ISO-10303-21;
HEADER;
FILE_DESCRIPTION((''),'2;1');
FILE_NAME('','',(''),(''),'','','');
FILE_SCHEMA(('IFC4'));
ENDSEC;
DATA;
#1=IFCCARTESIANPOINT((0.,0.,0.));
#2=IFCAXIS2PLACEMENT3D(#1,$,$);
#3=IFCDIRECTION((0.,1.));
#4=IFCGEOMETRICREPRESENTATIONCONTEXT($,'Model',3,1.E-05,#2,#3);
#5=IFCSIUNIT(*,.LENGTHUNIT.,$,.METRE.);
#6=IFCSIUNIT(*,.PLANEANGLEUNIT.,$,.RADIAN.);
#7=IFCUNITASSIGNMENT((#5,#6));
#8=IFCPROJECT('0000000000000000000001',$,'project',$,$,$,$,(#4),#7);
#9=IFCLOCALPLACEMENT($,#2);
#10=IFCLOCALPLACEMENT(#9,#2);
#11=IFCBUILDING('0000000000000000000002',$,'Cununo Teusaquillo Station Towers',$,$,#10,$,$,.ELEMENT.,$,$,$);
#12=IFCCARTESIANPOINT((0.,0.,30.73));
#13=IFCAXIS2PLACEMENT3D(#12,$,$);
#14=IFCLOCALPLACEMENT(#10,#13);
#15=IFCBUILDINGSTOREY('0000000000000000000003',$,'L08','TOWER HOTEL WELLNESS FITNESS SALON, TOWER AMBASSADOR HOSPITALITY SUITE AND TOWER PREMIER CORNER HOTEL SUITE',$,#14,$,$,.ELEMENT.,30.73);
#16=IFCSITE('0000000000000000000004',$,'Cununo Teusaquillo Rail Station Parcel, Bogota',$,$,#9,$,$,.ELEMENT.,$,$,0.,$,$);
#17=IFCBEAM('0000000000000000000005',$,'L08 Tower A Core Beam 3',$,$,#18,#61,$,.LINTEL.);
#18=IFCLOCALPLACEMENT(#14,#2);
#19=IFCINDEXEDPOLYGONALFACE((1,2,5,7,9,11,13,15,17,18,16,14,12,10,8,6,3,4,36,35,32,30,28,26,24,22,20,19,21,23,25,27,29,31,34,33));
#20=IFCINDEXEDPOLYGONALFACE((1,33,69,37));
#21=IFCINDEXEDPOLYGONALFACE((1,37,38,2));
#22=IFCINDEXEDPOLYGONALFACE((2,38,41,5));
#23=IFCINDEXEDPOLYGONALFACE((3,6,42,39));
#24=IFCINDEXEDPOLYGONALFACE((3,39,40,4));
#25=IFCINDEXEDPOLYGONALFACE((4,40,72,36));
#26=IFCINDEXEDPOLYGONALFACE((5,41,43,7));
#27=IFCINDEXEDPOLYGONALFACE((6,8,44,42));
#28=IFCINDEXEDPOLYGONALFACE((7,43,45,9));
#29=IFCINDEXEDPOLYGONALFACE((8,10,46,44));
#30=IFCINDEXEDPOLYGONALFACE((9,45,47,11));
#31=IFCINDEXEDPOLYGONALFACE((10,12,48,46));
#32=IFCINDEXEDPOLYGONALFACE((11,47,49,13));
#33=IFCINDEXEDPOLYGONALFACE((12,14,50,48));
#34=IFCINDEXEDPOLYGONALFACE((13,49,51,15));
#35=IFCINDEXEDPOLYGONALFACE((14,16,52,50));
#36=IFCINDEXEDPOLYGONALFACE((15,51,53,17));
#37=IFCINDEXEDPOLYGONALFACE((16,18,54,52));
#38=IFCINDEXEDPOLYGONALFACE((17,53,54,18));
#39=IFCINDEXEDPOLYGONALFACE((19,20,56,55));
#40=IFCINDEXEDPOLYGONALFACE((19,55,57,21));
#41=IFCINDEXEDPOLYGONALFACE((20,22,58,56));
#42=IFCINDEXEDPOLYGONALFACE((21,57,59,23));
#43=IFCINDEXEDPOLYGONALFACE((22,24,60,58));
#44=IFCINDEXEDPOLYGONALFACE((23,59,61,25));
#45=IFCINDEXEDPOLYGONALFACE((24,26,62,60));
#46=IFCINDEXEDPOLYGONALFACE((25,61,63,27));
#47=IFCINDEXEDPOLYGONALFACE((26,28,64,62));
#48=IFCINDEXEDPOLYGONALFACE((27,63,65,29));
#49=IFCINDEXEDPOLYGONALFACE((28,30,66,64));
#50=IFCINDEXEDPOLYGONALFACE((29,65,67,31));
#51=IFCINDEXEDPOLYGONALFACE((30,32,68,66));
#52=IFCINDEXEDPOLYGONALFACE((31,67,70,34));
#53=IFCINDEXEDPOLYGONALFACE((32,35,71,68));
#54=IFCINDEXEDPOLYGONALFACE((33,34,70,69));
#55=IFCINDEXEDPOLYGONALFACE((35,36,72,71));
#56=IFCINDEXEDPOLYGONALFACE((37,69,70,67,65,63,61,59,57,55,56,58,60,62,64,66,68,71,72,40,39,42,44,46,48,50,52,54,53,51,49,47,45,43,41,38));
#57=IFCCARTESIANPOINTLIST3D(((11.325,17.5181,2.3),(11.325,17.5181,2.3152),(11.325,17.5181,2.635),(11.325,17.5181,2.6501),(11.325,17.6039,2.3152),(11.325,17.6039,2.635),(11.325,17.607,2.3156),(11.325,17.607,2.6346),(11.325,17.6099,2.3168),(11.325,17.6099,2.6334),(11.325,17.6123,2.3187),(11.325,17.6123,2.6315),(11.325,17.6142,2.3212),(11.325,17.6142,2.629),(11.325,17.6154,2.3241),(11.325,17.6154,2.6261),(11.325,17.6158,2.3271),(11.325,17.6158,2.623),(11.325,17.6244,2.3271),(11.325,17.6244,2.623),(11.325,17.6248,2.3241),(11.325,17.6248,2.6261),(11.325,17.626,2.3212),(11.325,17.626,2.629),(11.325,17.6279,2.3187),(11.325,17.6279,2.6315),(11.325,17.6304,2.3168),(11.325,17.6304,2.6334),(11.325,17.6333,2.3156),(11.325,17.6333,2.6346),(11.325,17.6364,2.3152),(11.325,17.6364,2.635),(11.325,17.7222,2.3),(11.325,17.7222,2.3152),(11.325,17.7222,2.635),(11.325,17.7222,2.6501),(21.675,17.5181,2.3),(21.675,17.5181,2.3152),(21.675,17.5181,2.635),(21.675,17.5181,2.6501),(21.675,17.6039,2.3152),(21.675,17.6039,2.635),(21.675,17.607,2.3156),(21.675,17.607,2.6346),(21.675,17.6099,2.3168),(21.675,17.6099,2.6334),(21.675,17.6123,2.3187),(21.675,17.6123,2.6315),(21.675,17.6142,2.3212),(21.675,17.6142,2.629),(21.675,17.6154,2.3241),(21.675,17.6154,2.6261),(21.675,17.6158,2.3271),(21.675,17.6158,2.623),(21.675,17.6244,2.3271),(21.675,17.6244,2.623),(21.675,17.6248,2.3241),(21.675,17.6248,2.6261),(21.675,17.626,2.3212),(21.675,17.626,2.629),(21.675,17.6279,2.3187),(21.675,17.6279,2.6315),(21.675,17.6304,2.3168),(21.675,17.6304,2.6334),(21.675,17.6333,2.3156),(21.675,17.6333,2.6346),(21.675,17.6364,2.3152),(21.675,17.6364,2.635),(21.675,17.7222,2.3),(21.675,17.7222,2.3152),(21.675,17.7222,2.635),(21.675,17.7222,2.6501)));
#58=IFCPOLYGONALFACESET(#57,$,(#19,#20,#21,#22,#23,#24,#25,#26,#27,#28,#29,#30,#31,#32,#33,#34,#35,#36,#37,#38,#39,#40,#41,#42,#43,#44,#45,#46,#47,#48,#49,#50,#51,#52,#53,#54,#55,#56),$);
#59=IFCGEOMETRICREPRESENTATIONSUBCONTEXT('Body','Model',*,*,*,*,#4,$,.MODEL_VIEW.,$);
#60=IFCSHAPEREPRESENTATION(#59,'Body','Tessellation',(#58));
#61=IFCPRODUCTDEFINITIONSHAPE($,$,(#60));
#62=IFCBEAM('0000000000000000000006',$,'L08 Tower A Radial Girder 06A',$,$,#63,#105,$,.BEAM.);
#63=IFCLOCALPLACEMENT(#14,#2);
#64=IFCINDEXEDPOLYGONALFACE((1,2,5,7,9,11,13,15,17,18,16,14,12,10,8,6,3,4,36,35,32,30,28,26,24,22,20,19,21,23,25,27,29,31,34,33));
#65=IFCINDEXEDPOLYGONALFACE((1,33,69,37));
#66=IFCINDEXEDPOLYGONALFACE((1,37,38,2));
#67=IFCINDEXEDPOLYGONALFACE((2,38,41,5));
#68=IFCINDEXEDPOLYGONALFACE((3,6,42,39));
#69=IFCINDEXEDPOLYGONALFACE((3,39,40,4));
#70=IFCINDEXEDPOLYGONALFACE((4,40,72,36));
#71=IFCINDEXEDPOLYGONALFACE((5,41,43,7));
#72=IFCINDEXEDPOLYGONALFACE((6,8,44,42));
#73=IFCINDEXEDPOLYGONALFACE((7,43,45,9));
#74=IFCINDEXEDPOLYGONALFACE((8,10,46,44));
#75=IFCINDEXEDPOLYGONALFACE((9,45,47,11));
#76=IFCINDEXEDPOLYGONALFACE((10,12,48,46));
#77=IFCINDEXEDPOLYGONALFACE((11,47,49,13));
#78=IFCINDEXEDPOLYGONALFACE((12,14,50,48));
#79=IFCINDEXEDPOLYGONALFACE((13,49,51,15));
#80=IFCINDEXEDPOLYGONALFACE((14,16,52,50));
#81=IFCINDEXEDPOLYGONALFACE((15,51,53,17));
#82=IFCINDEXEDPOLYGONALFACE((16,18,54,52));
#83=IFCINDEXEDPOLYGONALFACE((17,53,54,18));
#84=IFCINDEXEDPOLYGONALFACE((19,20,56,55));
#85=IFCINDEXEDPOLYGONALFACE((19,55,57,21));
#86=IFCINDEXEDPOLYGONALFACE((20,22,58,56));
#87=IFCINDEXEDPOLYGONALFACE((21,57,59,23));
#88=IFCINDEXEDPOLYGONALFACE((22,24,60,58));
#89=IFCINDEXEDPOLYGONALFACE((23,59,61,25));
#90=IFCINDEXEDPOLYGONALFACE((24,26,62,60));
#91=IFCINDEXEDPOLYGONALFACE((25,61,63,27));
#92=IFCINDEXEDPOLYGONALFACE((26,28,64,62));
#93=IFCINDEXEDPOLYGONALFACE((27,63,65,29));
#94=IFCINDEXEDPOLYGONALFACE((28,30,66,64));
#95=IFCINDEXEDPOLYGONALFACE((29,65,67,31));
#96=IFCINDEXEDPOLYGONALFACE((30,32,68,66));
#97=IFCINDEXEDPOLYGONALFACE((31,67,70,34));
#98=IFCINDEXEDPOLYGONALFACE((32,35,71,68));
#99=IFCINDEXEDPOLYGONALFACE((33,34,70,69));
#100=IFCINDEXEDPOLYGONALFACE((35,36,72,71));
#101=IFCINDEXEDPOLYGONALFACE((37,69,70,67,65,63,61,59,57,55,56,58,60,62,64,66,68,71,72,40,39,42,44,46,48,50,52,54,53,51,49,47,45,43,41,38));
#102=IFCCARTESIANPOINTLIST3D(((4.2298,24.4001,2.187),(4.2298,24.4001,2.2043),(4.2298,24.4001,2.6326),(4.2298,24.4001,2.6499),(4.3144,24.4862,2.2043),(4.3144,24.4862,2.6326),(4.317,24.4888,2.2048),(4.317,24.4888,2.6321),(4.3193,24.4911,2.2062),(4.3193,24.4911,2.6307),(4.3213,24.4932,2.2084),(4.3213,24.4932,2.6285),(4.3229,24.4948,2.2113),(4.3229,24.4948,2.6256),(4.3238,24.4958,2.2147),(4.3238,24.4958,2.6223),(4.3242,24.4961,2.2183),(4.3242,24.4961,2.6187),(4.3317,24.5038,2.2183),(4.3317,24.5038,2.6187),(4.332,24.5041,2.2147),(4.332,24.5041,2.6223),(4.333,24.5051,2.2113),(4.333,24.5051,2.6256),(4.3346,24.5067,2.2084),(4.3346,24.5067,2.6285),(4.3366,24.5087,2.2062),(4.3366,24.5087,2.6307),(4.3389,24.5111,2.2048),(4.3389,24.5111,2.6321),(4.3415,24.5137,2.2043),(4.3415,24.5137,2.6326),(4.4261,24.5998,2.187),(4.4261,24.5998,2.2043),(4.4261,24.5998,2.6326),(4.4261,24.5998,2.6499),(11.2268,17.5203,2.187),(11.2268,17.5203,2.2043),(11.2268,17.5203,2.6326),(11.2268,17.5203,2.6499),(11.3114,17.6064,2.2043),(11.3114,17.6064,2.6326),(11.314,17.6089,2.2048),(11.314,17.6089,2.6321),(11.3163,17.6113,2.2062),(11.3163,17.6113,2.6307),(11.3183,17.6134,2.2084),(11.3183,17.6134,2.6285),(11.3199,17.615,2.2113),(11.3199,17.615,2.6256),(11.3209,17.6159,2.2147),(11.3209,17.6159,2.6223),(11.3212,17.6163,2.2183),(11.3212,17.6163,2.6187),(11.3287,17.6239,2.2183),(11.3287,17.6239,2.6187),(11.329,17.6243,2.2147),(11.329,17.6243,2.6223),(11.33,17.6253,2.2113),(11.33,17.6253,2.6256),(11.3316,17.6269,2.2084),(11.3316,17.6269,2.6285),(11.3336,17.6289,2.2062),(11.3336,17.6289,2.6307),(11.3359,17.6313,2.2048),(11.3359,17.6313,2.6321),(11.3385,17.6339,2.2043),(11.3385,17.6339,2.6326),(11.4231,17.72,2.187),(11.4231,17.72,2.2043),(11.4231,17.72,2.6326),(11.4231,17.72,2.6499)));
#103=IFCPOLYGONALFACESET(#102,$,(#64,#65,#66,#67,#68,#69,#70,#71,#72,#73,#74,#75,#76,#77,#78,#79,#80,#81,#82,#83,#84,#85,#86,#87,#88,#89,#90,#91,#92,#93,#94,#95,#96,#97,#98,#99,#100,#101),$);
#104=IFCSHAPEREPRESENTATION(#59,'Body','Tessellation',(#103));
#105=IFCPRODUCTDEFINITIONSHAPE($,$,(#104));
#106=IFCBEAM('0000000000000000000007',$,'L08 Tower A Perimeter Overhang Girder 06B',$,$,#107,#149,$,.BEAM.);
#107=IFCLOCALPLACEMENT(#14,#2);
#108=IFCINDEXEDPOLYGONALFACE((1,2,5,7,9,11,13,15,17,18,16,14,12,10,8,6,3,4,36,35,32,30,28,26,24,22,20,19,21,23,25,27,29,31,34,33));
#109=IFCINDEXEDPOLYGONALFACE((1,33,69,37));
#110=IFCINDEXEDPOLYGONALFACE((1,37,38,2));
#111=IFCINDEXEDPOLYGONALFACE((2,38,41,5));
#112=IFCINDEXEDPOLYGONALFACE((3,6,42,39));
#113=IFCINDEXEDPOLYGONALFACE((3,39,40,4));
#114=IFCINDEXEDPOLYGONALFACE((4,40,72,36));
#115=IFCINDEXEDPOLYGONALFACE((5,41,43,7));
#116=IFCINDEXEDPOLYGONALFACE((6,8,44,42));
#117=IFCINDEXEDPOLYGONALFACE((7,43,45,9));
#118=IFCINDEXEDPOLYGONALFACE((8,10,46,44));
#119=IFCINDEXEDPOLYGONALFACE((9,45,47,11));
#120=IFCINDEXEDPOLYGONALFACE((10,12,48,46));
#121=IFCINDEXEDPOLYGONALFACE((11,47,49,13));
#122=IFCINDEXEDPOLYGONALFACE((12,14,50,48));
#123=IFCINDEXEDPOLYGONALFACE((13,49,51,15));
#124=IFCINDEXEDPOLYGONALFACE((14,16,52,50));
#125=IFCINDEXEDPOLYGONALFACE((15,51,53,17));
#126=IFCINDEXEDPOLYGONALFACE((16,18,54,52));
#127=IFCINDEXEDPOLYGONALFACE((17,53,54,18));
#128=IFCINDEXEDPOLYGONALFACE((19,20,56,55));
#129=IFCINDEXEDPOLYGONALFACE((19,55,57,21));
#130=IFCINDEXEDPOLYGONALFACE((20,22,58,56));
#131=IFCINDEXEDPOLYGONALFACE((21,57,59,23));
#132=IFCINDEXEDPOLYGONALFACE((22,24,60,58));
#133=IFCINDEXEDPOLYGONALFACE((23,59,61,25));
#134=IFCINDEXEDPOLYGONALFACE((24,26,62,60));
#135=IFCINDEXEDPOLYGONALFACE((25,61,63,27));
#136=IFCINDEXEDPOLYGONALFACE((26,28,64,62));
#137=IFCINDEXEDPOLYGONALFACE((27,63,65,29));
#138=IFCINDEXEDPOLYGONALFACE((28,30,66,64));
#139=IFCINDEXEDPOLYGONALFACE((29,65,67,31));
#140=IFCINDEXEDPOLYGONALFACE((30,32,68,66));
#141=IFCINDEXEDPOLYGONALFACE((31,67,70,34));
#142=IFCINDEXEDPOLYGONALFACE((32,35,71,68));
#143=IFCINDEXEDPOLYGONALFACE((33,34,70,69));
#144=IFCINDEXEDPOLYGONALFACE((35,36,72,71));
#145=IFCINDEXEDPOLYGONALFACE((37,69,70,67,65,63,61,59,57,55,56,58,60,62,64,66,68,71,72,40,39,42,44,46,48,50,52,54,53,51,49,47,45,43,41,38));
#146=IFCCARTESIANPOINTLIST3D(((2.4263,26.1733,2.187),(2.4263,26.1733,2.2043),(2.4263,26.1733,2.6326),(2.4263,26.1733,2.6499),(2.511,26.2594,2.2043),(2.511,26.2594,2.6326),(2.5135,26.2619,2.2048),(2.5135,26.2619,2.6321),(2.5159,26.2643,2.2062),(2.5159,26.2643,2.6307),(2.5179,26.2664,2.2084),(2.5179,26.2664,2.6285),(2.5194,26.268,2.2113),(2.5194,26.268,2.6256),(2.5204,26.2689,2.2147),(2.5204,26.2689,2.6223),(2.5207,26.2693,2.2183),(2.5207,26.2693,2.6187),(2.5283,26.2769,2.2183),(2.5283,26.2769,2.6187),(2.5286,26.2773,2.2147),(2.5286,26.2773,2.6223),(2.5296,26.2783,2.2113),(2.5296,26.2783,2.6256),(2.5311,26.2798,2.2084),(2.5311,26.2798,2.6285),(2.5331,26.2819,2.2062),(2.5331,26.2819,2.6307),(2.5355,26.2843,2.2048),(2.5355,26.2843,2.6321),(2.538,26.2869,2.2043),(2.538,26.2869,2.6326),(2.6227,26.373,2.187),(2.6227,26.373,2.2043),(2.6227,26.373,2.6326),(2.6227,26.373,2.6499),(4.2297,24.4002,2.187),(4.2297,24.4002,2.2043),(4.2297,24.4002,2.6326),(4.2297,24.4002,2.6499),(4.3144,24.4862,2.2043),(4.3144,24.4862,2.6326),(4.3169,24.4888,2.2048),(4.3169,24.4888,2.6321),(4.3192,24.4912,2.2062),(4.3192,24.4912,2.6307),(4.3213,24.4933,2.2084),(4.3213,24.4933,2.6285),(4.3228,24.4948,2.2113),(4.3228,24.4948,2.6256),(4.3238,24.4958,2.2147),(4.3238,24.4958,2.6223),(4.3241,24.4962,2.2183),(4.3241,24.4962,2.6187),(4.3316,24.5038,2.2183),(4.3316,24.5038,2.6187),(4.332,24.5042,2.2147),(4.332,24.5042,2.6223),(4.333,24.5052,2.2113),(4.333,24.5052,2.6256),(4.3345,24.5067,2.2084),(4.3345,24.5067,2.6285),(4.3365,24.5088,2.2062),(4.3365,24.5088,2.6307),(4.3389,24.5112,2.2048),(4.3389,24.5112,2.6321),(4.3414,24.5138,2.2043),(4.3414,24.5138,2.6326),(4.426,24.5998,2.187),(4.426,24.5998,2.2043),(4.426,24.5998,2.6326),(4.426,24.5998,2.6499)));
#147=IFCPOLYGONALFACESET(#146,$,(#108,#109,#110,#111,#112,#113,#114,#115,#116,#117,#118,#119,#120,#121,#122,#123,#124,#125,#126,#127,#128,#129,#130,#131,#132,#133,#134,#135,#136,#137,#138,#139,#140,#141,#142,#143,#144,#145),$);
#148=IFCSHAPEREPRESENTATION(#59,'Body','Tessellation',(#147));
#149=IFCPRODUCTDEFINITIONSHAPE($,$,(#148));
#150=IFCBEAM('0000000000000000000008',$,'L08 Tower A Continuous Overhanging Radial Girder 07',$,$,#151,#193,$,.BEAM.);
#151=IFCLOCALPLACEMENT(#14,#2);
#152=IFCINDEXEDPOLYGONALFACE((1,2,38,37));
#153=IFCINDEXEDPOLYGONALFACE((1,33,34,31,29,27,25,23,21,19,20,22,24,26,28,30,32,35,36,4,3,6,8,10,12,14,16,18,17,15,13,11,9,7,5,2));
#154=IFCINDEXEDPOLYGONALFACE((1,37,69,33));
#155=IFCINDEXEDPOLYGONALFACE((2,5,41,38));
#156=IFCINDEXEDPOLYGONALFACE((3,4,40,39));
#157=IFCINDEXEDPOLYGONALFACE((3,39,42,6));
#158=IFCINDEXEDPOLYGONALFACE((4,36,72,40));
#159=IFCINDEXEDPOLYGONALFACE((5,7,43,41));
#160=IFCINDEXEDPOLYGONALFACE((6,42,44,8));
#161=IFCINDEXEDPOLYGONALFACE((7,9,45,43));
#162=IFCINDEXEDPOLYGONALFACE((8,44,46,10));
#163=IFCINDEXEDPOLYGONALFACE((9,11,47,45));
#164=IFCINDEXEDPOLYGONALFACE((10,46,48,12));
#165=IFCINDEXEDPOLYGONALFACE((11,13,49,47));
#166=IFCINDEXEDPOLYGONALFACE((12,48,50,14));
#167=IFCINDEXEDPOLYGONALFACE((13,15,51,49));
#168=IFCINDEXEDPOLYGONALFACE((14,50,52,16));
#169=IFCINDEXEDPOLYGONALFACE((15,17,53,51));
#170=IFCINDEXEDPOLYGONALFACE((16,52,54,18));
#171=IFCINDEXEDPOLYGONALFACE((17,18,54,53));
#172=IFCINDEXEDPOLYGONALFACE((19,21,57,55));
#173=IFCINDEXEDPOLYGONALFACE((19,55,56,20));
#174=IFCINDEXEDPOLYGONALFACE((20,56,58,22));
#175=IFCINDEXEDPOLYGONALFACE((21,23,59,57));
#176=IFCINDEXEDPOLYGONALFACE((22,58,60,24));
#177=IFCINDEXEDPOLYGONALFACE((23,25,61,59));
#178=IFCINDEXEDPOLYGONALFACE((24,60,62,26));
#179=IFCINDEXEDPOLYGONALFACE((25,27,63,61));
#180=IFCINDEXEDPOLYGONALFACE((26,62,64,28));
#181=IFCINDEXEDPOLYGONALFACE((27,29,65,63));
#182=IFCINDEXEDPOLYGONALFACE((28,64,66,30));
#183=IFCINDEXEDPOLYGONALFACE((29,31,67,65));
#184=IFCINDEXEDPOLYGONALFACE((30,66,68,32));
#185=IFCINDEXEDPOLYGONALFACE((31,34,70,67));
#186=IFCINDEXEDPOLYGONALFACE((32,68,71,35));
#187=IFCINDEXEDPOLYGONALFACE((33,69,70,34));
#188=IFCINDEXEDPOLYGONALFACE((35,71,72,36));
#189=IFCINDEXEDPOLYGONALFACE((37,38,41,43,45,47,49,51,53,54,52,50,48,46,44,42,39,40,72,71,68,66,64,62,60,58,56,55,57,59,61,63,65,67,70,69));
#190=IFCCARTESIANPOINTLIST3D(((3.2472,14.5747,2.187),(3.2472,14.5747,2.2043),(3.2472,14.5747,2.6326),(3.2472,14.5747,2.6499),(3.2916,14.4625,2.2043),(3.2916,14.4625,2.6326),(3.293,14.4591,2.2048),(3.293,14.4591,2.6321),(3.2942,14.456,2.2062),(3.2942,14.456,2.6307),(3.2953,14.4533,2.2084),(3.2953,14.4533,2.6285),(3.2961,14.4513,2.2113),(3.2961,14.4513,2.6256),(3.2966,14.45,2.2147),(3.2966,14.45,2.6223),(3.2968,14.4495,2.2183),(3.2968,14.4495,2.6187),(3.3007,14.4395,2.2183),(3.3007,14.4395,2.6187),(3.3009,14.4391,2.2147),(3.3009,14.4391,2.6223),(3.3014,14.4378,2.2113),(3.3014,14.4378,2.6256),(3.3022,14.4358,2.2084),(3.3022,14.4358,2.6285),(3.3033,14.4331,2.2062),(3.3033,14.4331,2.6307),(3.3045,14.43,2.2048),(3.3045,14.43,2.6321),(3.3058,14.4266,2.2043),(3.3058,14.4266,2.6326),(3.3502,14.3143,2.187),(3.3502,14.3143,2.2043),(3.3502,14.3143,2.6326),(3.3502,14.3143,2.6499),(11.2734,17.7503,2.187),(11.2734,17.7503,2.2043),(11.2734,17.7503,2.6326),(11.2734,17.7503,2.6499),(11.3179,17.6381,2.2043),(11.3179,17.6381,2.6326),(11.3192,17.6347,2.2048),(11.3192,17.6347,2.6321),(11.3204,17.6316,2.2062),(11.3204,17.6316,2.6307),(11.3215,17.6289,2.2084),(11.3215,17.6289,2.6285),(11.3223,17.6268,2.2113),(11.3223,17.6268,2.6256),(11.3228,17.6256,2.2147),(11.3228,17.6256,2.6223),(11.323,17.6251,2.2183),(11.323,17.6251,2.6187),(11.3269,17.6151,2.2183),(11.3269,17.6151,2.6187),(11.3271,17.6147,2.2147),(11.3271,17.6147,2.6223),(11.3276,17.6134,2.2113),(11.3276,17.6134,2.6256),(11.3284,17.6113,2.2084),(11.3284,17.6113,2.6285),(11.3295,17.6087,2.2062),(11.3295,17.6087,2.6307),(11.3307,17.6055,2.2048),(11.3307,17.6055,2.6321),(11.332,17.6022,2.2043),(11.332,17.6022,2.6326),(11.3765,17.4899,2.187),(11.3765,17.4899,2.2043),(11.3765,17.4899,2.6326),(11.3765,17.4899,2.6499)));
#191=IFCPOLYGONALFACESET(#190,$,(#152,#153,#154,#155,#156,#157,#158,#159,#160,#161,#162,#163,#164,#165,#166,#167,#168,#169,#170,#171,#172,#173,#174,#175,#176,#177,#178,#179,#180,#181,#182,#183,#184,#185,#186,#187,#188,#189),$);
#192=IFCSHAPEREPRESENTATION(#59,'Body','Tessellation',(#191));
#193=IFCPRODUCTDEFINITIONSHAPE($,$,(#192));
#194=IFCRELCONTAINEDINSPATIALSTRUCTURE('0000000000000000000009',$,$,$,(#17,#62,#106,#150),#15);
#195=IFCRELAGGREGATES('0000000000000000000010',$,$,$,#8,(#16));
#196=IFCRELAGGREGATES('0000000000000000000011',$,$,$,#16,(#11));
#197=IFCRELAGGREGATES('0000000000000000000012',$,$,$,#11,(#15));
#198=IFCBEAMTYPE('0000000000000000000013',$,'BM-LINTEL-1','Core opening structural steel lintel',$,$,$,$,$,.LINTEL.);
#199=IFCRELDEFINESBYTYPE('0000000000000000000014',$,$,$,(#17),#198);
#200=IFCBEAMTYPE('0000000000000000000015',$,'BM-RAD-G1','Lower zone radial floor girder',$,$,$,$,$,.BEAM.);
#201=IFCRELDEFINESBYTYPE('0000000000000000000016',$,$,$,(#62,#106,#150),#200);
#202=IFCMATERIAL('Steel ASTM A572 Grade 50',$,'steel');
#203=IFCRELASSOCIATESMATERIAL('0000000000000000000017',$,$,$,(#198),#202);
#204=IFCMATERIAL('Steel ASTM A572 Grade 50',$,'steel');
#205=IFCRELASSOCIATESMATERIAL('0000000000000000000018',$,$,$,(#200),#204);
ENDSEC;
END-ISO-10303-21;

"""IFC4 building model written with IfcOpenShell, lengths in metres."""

from ifc_helpers import new_model, si_unit, direction, frame, origin, origin_2d, place, context, subcontext, project, spatial, i_section, extrude, material, material_profile, profile_set, type_object, element, save


model = new_model("IFC4")

# Units and contexts
model_context = context("Model", 3, precision=1e-05, world=origin(), true_north=direction((0.0, 1.0)))
body_context = subcontext(model_context, "Body", "Model", "MODEL_VIEW")
ifc_project = project(units=[si_unit("LENGTHUNIT", "METRE"), si_unit("PLANEANGLEUNIT", "RADIAN")], contexts=[model_context])

# Site, building, storey
site_placement = place(None, origin())
site = spatial("IfcSite", under=ifc_project, at=site_placement, Name="Cununo Teusaquillo Rail Station Parcel, Bogota", CompositionType="ELEMENT", RefElevation=0.0)
building_placement = place(site_placement, origin())
building = spatial("IfcBuilding", under=site, at=building_placement, Name="Cununo Teusaquillo Station Towers", CompositionType="ELEMENT")
storey_placement = place(building_placement, frame((0.0, 0.0, 30.73)))
storey = spatial("IfcBuildingStorey", under=building, at=storey_placement, Name="L08", Description="TOWER HOTEL WELLNESS FITNESS SALON, TOWER AMBASSADOR HOSPITALITY SUITE AND TOWER PREMIER CORNER HOTEL SUITE", CompositionType="ELEMENT", Elevation=30.73)

# Beams
ifc_material_1 = material(Name="Steel ASTM A572 Grade 50", Category="steel")
ifc_material_profile_1 = material_profile(ifc_material_1, i_section(OverallWidth=0.2041, OverallDepth=0.3501, WebThickness=0.0085, FlangeThickness=0.0151, FilletRadius=0.012, at=origin_2d()), Name="W14X48")
ifc_profile_set_1 = profile_set([ifc_material_profile_1], Name="Steel ASTM A572 Grade 50")
beam_type_1 = type_object("IfcBeamType", Name="BM-LINTEL-1", Description="Core opening structural steel lintel", PredefinedType="LINTEL", material=ifc_profile_set_1)
beam_1_placement = place(storey_placement, frame((11.325, 17.6201, 2.4751), z_axis=(1.0, 0.0, 0.0), x_axis=(0.0, 1.0, 0.0)))
element("IfcBeam", 1, at=beam_1_placement, inside=storey, type_object=beam_type_1, Name="L08 Tower A Core Beam 3", PredefinedType="LINTEL", context=body_context, shape_type="SweptSolid", body=[
    extrude(i_section(OverallWidth=0.2041, OverallDepth=0.3501, WebThickness=0.0085, FlangeThickness=0.0151, FilletRadius=0.012, at=origin_2d()), origin(), (0.0, 0.0, 1.0), 10.3501),
])
ifc_material_2 = material(Name="Steel ASTM A572 Grade 50", Category="steel")
ifc_material_profile_2 = material_profile(ifc_material_2, i_section(OverallWidth=0.28, OverallDepth=0.4629, WebThickness=0.0107, FlangeThickness=0.0173, FilletRadius=0.0139, at=origin_2d()), Name="W18X76")
ifc_profile_set_2 = profile_set([ifc_material_profile_2], Name="Steel ASTM A572 Grade 50")
beam_type_2 = type_object("IfcBeamType", Name="BM-RAD-G1", Description="Lower zone radial floor girder", PredefinedType="BEAM", material=ifc_profile_set_2)
beam_2_placement = place(storey_placement, frame((11.325, 17.6201, 2.4185), z_axis=(-0.713053, 0.70111, 0.0), x_axis=(-0.70111, -0.713053, 0.0)))
element("IfcBeam", 2, at=beam_2_placement, inside=storey, type_object=beam_type_2, Name="L08 Tower A Radial Girder 06A", PredefinedType="BEAM", context=body_context, shape_type="SweptSolid", body=[
    extrude(i_section(OverallWidth=0.28, OverallDepth=0.4629, WebThickness=0.0107, FlangeThickness=0.0173, FilletRadius=0.0139, at=origin_2d()), origin(), (0.0, 0.0, 1.0), 9.8127),
])
beam_3_placement = place(storey_placement, frame((4.3279, 24.5, 2.4185), z_axis=(-0.713066, 0.701097, 0.0), x_axis=(-0.701097, -0.713066, 0.0)))
element("IfcBeam", 3, at=beam_3_placement, inside=storey, type_object=beam_type_2, Name="L08 Tower A Perimeter Overhang Girder 06B", PredefinedType="BEAM", context=body_context, shape_type="SweptSolid", body=[
    extrude(i_section(OverallWidth=0.28, OverallDepth=0.4629, WebThickness=0.0107, FlangeThickness=0.0173, FilletRadius=0.0139, at=origin_2d()), origin(), (0.0, 0.0, 1.0), 2.5291),
])
beam_4_placement = place(storey_placement, frame((11.325, 17.6201, 2.4185), z_axis=(-0.929865, -0.367901, 0.0), x_axis=(0.367901, -0.929865, 0.0)))
element("IfcBeam", 4, at=beam_4_placement, inside=storey, type_object=beam_type_2, Name="L08 Tower A Continuous Overhanging Radial Girder 07", PredefinedType="BEAM", context=body_context, shape_type="SweptSolid", body=[
    extrude(i_section(OverallWidth=0.28, OverallDepth=0.4629, WebThickness=0.0107, FlangeThickness=0.0173, FilletRadius=0.0139, at=origin_2d()), origin(), (0.0, 0.0, 1.0), 8.6316),
])

save(model, "model.ifc")
